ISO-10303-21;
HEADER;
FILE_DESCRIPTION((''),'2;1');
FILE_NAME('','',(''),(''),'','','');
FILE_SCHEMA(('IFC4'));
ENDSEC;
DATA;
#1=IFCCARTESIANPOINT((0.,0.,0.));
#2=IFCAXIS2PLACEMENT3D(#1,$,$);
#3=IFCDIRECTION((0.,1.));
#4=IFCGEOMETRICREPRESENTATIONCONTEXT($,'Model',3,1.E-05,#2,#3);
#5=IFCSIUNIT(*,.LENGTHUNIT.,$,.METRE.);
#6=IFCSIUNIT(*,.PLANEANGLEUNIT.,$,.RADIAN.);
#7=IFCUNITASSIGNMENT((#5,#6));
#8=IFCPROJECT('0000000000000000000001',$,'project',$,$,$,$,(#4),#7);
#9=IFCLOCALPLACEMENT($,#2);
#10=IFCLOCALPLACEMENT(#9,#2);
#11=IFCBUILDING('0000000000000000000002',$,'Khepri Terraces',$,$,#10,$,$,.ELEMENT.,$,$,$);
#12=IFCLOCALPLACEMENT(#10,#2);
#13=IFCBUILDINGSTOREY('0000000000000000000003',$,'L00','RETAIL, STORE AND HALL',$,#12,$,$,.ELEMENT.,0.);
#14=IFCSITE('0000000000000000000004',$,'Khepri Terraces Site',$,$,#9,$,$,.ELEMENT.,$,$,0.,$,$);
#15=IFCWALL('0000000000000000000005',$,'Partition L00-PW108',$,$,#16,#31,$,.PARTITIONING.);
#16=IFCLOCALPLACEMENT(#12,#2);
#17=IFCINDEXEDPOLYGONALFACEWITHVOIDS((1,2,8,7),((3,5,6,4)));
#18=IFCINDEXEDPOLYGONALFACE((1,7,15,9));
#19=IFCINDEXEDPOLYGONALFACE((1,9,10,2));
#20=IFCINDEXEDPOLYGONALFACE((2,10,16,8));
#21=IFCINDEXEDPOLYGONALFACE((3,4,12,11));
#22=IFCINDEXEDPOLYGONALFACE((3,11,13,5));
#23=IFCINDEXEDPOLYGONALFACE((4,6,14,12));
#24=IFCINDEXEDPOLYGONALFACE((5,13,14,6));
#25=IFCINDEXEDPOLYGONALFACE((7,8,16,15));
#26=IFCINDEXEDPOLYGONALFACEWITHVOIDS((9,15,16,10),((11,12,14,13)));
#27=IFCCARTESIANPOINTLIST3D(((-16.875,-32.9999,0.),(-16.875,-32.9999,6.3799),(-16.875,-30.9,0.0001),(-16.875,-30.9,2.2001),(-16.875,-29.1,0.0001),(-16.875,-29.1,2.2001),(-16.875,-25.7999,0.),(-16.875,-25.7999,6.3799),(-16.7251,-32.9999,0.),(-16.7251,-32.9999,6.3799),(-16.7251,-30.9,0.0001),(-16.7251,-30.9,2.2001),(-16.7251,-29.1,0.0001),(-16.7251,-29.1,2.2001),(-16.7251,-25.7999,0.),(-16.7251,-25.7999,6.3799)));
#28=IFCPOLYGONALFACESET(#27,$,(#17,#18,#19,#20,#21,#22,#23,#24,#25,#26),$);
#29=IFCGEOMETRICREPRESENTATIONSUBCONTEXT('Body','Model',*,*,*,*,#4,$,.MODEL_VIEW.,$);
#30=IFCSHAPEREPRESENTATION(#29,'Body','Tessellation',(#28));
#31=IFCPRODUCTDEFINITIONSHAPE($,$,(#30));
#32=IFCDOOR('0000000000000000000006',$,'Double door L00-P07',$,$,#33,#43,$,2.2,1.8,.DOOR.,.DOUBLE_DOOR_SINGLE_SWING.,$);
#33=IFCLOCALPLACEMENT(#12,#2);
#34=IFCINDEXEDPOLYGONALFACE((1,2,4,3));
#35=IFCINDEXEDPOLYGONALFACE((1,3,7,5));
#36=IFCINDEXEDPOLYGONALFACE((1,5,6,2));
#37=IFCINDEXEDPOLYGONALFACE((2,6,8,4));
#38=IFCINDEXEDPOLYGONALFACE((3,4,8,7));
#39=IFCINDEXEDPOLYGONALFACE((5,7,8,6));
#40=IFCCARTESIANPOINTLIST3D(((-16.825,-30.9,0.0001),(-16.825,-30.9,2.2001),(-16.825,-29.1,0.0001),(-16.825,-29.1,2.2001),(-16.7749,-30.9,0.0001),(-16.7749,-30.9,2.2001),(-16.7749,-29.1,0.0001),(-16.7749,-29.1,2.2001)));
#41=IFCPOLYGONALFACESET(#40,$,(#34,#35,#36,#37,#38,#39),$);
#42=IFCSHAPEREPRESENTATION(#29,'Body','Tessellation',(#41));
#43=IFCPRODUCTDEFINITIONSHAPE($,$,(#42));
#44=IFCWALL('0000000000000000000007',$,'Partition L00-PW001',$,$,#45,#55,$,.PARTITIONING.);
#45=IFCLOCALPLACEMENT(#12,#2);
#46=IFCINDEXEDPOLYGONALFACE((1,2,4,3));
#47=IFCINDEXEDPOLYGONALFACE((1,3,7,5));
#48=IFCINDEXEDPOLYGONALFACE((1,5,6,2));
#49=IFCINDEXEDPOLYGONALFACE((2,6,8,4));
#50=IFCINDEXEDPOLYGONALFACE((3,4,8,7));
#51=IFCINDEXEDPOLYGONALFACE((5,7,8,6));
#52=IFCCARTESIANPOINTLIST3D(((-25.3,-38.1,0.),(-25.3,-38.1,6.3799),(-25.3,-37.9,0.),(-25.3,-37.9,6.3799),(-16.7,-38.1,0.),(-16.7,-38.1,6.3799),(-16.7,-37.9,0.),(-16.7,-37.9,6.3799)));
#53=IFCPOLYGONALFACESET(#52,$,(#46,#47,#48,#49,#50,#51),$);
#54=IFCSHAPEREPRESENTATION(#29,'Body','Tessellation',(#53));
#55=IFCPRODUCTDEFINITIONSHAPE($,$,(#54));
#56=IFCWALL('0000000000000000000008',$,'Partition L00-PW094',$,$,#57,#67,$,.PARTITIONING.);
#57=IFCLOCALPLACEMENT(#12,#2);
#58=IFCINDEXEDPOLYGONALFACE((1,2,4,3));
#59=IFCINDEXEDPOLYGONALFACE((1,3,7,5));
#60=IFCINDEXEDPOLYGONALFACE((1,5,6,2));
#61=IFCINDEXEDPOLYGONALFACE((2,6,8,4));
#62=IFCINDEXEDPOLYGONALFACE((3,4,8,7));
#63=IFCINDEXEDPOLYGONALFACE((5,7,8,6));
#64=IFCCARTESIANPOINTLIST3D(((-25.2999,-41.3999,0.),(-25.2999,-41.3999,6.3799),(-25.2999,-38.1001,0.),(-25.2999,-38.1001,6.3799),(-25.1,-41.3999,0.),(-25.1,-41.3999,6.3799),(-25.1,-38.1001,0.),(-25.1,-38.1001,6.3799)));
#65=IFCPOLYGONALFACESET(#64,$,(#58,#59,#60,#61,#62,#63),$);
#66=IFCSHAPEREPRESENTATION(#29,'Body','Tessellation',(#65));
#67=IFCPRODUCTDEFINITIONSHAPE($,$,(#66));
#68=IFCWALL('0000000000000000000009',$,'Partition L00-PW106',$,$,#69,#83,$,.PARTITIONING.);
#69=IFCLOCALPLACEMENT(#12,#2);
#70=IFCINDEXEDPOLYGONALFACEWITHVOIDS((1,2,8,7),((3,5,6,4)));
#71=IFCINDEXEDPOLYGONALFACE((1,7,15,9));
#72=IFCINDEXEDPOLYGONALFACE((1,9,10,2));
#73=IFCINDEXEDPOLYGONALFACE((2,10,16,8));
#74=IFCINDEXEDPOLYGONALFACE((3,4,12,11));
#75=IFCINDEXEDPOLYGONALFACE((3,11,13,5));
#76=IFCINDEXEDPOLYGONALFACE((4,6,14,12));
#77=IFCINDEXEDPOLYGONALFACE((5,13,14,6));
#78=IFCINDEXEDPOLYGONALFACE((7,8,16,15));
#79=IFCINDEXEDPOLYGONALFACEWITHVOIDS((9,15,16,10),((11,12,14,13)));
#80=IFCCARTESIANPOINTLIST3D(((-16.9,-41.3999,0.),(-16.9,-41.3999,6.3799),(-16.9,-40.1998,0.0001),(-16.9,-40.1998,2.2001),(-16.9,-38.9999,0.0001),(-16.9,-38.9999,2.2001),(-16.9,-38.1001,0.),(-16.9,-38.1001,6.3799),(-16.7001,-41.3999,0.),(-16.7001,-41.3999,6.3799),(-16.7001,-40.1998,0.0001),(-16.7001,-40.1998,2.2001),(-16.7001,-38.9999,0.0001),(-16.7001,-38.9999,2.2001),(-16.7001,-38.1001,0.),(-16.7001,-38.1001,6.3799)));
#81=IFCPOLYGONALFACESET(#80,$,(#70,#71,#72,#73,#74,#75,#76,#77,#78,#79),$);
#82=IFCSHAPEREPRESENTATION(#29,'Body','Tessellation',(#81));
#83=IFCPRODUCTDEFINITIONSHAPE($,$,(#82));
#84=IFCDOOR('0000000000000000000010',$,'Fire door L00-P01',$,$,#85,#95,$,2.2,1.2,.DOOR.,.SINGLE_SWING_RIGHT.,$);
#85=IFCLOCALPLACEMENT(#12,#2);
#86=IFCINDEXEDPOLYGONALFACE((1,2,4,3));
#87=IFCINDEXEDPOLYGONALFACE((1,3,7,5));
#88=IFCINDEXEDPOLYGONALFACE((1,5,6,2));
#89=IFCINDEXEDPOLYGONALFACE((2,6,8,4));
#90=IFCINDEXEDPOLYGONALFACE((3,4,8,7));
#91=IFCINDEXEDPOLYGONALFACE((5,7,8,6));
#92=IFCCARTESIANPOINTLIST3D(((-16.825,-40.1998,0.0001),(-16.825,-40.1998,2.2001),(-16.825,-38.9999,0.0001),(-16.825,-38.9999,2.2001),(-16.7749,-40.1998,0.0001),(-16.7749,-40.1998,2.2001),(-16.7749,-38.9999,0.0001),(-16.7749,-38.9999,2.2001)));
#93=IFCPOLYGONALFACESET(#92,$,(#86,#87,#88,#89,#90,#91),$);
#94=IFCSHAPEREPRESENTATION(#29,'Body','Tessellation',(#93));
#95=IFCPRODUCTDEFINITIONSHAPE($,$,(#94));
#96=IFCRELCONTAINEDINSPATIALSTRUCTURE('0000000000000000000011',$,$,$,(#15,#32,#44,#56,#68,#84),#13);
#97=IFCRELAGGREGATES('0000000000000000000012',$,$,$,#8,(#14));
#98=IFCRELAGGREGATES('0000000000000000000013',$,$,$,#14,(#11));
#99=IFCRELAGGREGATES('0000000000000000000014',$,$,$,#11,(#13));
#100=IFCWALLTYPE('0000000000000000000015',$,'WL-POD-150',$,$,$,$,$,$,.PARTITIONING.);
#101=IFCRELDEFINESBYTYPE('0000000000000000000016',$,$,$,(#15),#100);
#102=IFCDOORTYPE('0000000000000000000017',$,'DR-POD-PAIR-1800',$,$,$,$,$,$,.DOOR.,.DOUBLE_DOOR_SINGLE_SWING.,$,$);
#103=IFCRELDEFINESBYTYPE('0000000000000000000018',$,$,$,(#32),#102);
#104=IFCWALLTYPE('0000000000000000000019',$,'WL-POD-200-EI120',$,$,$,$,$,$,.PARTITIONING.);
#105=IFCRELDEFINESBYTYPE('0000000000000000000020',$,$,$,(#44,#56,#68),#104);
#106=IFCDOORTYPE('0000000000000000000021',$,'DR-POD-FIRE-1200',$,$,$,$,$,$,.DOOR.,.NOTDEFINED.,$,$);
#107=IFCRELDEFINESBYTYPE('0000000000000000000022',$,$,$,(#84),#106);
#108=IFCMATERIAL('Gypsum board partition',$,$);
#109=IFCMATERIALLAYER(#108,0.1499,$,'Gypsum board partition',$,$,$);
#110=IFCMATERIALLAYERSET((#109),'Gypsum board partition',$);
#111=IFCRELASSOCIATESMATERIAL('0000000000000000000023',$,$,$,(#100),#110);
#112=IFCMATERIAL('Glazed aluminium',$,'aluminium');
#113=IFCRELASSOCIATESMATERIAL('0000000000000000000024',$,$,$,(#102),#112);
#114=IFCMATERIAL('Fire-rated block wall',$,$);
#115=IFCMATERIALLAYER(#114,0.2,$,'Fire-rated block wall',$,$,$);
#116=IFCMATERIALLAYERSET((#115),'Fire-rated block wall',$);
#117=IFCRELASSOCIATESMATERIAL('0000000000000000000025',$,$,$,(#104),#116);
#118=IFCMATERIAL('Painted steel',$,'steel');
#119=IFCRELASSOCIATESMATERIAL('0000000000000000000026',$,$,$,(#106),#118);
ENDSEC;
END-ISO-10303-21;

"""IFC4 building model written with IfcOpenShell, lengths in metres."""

from ifc_helpers import new_model, si_unit, direction, frame, frame_2d, origin, place, context, subcontext, project, spatial, rectangle, extrude, material, layer, layer_set, type_object, element, fill, save


model = new_model("IFC4")

# Units and contexts
model_context = context("Model", 3, precision=1e-05, world=origin(), true_north=direction((0.0, 1.0)))
body_context = subcontext(model_context, "Body", "Model", "MODEL_VIEW")
ifc_project = project(units=[si_unit("LENGTHUNIT", "METRE"), si_unit("PLANEANGLEUNIT", "RADIAN")], contexts=[model_context])

# Site, building, storey
site_placement = place(None, origin())
site = spatial("IfcSite", under=ifc_project, at=site_placement, Name="Khepri Terraces Site", CompositionType="ELEMENT", RefElevation=0.0)
building_placement = place(site_placement, origin())
building = spatial("IfcBuilding", under=site, at=building_placement, Name="Khepri Terraces", CompositionType="ELEMENT")
storey_placement = place(building_placement, origin())
storey = spatial("IfcBuildingStorey", under=building, at=storey_placement, Name="L00", Description="RETAIL, STORE AND HALL", CompositionType="ELEMENT", Elevation=0.0)

# Shared definitions
ifc_material_1 = material(Name="Gypsum board partition")
ifc_layer_1 = layer(ifc_material_1, 0.1499, Name="Gypsum board partition")
ifc_layer_set_1 = layer_set([ifc_layer_1], Name="Gypsum board partition")
wall_type_1 = type_object("IfcWallType", Name="WL-POD-150", PredefinedType="PARTITIONING", material=ifc_layer_set_1)

# Wall, opening, door
wall_1_placement = place(storey_placement, frame((-16.8, -33.0, 0.0), z_axis=(0.0, 0.0, 1.0), x_axis=(0.0, 1.0, 0.0)))
wall_1 = element("IfcWall", 1, at=wall_1_placement, inside=storey, type_object=wall_type_1, Name="Partition L00-PW108", PredefinedType="PARTITIONING", context=body_context, shape_type="SweptSolid", body=[
    extrude(rectangle(XDim=7.2, YDim=0.1499, at=frame_2d((3.6001, 0.0))), origin(), (0.0, 0.0, 1.0), 6.3799),
])
opening_1_placement = place(wall_1_placement, frame((2.1001, 0.0, 0.0)))
opening_1 = element("IfcOpeningElement", 2, at=opening_1_placement, cuts=wall_1, PredefinedType="OPENING", context=body_context, shape_type="SweptSolid", body=[
    extrude(rectangle(XDim=1.8, YDim=2.2, at=frame_2d((0.8999, 1.1001))), frame((0.0, 0.085, 0.0), z_axis=(0.0, -1.0, 0.0), x_axis=(1.0, 0.0, 0.0)), (0.0, 0.0, 1.0), 0.1699),
])
ifc_material_2 = material(Name="Glazed aluminium", Category="aluminium")
door_type_1 = type_object("IfcDoorType", Name="DR-POD-PAIR-1800", OperationType="DOUBLE_DOOR_SINGLE_SWING", PredefinedType="DOOR", material=ifc_material_2)
door_1_placement = place(opening_1_placement, origin())
door_1 = element("IfcDoor", 3, at=door_1_placement, inside=storey, type_object=door_type_1, Name="Double door L00-P07", OperationType="DOUBLE_DOOR_SINGLE_SWING", OverallHeight=2.2, OverallWidth=1.8, PredefinedType="DOOR", context=body_context, shape_type="SweptSolid", body=[
    extrude(rectangle(XDim=1.8, YDim=2.2, at=frame_2d((0.8999, 1.1001))), frame((0.0, 0.0249, 0.0), z_axis=(0.0, -1.0, 0.0), x_axis=(1.0, 0.0, 0.0)), (0.0, 0.0, 1.0), 0.05),
])
fill(opening_1, door_1)

# Walls
ifc_material_3 = material(Name="Fire-rated block wall")
ifc_layer_2 = layer(ifc_material_3, 0.2, Name="Fire-rated block wall")
ifc_layer_set_2 = layer_set([ifc_layer_2], Name="Fire-rated block wall")
wall_type_2 = type_object("IfcWallType", Name="WL-POD-200-EI120", PredefinedType="PARTITIONING", material=ifc_layer_set_2)
wall_2_placement = place(storey_placement, frame((-25.3, -38.0, 0.0), z_axis=(0.0, 0.0, 1.0), x_axis=(1.0, 0.0, 0.0)))
element("IfcWall", 4, at=wall_2_placement, inside=storey, type_object=wall_type_2, Name="Partition L00-PW001", PredefinedType="PARTITIONING", context=body_context, shape_type="SweptSolid", body=[
    extrude(rectangle(XDim=8.6001, YDim=0.2, at=frame_2d((4.3, 0.0))), origin(), (0.0, 0.0, 1.0), 6.3799),
])
wall_3_placement = place(storey_placement, frame((-25.2, -41.3999, 0.0), z_axis=(0.0, 0.0, 1.0), x_axis=(0.0, 1.0, 0.0)))
element("IfcWall", 5, at=wall_3_placement, inside=storey, type_object=wall_type_2, Name="Partition L00-PW094", PredefinedType="PARTITIONING", context=body_context, shape_type="SweptSolid", body=[
    extrude(rectangle(XDim=3.2998, YDim=0.2, at=frame_2d((1.6499, 0.0))), origin(), (0.0, 0.0, 1.0), 6.3799),
])

# Wall, opening, door
wall_4_placement = place(storey_placement, frame((-16.8, -41.3999, 0.0), z_axis=(0.0, 0.0, 1.0), x_axis=(0.0, 1.0, 0.0)))
wall_4 = element("IfcWall", 6, at=wall_4_placement, inside=storey, type_object=wall_type_2, Name="Partition L00-PW106", PredefinedType="PARTITIONING", context=body_context, shape_type="SweptSolid", body=[
    extrude(rectangle(XDim=3.2998, YDim=0.2, at=frame_2d((1.6499, 0.0))), origin(), (0.0, 0.0, 1.0), 6.3799),
])
opening_2_placement = place(wall_4_placement, frame((1.2, 0.0, 0.0)))
opening_2 = element("IfcOpeningElement", 7, at=opening_2_placement, cuts=wall_4, PredefinedType="OPENING", context=body_context, shape_type="SweptSolid", body=[
    extrude(rectangle(XDim=1.2, YDim=2.2, at=frame_2d((0.6001, 1.1001))), frame((0.0, 0.1099, 0.0), z_axis=(0.0, -1.0, 0.0), x_axis=(1.0, 0.0, 0.0)), (0.0, 0.0, 1.0), 0.22),
])
ifc_material_4 = material(Name="Painted steel", Category="steel")
door_type_2 = type_object("IfcDoorType", Name="DR-POD-FIRE-1200", OperationType="NOTDEFINED", PredefinedType="DOOR", material=ifc_material_4)
door_2_placement = place(opening_2_placement, origin())
door_2 = element("IfcDoor", 8, at=door_2_placement, inside=storey, type_object=door_type_2, Name="Fire door L00-P01", OperationType="SINGLE_SWING_RIGHT", OverallHeight=2.2, OverallWidth=1.2, PredefinedType="DOOR", context=body_context, shape_type="SweptSolid", body=[
    extrude(rectangle(XDim=1.2, YDim=2.2, at=frame_2d((0.6001, 1.1001))), frame((0.0, 0.0249, 0.0), z_axis=(0.0, -1.0, 0.0), x_axis=(1.0, 0.0, 0.0)), (0.0, 0.0, 1.0), 0.05),
])
fill(opening_2, door_2)

save(model, "model.ifc")
